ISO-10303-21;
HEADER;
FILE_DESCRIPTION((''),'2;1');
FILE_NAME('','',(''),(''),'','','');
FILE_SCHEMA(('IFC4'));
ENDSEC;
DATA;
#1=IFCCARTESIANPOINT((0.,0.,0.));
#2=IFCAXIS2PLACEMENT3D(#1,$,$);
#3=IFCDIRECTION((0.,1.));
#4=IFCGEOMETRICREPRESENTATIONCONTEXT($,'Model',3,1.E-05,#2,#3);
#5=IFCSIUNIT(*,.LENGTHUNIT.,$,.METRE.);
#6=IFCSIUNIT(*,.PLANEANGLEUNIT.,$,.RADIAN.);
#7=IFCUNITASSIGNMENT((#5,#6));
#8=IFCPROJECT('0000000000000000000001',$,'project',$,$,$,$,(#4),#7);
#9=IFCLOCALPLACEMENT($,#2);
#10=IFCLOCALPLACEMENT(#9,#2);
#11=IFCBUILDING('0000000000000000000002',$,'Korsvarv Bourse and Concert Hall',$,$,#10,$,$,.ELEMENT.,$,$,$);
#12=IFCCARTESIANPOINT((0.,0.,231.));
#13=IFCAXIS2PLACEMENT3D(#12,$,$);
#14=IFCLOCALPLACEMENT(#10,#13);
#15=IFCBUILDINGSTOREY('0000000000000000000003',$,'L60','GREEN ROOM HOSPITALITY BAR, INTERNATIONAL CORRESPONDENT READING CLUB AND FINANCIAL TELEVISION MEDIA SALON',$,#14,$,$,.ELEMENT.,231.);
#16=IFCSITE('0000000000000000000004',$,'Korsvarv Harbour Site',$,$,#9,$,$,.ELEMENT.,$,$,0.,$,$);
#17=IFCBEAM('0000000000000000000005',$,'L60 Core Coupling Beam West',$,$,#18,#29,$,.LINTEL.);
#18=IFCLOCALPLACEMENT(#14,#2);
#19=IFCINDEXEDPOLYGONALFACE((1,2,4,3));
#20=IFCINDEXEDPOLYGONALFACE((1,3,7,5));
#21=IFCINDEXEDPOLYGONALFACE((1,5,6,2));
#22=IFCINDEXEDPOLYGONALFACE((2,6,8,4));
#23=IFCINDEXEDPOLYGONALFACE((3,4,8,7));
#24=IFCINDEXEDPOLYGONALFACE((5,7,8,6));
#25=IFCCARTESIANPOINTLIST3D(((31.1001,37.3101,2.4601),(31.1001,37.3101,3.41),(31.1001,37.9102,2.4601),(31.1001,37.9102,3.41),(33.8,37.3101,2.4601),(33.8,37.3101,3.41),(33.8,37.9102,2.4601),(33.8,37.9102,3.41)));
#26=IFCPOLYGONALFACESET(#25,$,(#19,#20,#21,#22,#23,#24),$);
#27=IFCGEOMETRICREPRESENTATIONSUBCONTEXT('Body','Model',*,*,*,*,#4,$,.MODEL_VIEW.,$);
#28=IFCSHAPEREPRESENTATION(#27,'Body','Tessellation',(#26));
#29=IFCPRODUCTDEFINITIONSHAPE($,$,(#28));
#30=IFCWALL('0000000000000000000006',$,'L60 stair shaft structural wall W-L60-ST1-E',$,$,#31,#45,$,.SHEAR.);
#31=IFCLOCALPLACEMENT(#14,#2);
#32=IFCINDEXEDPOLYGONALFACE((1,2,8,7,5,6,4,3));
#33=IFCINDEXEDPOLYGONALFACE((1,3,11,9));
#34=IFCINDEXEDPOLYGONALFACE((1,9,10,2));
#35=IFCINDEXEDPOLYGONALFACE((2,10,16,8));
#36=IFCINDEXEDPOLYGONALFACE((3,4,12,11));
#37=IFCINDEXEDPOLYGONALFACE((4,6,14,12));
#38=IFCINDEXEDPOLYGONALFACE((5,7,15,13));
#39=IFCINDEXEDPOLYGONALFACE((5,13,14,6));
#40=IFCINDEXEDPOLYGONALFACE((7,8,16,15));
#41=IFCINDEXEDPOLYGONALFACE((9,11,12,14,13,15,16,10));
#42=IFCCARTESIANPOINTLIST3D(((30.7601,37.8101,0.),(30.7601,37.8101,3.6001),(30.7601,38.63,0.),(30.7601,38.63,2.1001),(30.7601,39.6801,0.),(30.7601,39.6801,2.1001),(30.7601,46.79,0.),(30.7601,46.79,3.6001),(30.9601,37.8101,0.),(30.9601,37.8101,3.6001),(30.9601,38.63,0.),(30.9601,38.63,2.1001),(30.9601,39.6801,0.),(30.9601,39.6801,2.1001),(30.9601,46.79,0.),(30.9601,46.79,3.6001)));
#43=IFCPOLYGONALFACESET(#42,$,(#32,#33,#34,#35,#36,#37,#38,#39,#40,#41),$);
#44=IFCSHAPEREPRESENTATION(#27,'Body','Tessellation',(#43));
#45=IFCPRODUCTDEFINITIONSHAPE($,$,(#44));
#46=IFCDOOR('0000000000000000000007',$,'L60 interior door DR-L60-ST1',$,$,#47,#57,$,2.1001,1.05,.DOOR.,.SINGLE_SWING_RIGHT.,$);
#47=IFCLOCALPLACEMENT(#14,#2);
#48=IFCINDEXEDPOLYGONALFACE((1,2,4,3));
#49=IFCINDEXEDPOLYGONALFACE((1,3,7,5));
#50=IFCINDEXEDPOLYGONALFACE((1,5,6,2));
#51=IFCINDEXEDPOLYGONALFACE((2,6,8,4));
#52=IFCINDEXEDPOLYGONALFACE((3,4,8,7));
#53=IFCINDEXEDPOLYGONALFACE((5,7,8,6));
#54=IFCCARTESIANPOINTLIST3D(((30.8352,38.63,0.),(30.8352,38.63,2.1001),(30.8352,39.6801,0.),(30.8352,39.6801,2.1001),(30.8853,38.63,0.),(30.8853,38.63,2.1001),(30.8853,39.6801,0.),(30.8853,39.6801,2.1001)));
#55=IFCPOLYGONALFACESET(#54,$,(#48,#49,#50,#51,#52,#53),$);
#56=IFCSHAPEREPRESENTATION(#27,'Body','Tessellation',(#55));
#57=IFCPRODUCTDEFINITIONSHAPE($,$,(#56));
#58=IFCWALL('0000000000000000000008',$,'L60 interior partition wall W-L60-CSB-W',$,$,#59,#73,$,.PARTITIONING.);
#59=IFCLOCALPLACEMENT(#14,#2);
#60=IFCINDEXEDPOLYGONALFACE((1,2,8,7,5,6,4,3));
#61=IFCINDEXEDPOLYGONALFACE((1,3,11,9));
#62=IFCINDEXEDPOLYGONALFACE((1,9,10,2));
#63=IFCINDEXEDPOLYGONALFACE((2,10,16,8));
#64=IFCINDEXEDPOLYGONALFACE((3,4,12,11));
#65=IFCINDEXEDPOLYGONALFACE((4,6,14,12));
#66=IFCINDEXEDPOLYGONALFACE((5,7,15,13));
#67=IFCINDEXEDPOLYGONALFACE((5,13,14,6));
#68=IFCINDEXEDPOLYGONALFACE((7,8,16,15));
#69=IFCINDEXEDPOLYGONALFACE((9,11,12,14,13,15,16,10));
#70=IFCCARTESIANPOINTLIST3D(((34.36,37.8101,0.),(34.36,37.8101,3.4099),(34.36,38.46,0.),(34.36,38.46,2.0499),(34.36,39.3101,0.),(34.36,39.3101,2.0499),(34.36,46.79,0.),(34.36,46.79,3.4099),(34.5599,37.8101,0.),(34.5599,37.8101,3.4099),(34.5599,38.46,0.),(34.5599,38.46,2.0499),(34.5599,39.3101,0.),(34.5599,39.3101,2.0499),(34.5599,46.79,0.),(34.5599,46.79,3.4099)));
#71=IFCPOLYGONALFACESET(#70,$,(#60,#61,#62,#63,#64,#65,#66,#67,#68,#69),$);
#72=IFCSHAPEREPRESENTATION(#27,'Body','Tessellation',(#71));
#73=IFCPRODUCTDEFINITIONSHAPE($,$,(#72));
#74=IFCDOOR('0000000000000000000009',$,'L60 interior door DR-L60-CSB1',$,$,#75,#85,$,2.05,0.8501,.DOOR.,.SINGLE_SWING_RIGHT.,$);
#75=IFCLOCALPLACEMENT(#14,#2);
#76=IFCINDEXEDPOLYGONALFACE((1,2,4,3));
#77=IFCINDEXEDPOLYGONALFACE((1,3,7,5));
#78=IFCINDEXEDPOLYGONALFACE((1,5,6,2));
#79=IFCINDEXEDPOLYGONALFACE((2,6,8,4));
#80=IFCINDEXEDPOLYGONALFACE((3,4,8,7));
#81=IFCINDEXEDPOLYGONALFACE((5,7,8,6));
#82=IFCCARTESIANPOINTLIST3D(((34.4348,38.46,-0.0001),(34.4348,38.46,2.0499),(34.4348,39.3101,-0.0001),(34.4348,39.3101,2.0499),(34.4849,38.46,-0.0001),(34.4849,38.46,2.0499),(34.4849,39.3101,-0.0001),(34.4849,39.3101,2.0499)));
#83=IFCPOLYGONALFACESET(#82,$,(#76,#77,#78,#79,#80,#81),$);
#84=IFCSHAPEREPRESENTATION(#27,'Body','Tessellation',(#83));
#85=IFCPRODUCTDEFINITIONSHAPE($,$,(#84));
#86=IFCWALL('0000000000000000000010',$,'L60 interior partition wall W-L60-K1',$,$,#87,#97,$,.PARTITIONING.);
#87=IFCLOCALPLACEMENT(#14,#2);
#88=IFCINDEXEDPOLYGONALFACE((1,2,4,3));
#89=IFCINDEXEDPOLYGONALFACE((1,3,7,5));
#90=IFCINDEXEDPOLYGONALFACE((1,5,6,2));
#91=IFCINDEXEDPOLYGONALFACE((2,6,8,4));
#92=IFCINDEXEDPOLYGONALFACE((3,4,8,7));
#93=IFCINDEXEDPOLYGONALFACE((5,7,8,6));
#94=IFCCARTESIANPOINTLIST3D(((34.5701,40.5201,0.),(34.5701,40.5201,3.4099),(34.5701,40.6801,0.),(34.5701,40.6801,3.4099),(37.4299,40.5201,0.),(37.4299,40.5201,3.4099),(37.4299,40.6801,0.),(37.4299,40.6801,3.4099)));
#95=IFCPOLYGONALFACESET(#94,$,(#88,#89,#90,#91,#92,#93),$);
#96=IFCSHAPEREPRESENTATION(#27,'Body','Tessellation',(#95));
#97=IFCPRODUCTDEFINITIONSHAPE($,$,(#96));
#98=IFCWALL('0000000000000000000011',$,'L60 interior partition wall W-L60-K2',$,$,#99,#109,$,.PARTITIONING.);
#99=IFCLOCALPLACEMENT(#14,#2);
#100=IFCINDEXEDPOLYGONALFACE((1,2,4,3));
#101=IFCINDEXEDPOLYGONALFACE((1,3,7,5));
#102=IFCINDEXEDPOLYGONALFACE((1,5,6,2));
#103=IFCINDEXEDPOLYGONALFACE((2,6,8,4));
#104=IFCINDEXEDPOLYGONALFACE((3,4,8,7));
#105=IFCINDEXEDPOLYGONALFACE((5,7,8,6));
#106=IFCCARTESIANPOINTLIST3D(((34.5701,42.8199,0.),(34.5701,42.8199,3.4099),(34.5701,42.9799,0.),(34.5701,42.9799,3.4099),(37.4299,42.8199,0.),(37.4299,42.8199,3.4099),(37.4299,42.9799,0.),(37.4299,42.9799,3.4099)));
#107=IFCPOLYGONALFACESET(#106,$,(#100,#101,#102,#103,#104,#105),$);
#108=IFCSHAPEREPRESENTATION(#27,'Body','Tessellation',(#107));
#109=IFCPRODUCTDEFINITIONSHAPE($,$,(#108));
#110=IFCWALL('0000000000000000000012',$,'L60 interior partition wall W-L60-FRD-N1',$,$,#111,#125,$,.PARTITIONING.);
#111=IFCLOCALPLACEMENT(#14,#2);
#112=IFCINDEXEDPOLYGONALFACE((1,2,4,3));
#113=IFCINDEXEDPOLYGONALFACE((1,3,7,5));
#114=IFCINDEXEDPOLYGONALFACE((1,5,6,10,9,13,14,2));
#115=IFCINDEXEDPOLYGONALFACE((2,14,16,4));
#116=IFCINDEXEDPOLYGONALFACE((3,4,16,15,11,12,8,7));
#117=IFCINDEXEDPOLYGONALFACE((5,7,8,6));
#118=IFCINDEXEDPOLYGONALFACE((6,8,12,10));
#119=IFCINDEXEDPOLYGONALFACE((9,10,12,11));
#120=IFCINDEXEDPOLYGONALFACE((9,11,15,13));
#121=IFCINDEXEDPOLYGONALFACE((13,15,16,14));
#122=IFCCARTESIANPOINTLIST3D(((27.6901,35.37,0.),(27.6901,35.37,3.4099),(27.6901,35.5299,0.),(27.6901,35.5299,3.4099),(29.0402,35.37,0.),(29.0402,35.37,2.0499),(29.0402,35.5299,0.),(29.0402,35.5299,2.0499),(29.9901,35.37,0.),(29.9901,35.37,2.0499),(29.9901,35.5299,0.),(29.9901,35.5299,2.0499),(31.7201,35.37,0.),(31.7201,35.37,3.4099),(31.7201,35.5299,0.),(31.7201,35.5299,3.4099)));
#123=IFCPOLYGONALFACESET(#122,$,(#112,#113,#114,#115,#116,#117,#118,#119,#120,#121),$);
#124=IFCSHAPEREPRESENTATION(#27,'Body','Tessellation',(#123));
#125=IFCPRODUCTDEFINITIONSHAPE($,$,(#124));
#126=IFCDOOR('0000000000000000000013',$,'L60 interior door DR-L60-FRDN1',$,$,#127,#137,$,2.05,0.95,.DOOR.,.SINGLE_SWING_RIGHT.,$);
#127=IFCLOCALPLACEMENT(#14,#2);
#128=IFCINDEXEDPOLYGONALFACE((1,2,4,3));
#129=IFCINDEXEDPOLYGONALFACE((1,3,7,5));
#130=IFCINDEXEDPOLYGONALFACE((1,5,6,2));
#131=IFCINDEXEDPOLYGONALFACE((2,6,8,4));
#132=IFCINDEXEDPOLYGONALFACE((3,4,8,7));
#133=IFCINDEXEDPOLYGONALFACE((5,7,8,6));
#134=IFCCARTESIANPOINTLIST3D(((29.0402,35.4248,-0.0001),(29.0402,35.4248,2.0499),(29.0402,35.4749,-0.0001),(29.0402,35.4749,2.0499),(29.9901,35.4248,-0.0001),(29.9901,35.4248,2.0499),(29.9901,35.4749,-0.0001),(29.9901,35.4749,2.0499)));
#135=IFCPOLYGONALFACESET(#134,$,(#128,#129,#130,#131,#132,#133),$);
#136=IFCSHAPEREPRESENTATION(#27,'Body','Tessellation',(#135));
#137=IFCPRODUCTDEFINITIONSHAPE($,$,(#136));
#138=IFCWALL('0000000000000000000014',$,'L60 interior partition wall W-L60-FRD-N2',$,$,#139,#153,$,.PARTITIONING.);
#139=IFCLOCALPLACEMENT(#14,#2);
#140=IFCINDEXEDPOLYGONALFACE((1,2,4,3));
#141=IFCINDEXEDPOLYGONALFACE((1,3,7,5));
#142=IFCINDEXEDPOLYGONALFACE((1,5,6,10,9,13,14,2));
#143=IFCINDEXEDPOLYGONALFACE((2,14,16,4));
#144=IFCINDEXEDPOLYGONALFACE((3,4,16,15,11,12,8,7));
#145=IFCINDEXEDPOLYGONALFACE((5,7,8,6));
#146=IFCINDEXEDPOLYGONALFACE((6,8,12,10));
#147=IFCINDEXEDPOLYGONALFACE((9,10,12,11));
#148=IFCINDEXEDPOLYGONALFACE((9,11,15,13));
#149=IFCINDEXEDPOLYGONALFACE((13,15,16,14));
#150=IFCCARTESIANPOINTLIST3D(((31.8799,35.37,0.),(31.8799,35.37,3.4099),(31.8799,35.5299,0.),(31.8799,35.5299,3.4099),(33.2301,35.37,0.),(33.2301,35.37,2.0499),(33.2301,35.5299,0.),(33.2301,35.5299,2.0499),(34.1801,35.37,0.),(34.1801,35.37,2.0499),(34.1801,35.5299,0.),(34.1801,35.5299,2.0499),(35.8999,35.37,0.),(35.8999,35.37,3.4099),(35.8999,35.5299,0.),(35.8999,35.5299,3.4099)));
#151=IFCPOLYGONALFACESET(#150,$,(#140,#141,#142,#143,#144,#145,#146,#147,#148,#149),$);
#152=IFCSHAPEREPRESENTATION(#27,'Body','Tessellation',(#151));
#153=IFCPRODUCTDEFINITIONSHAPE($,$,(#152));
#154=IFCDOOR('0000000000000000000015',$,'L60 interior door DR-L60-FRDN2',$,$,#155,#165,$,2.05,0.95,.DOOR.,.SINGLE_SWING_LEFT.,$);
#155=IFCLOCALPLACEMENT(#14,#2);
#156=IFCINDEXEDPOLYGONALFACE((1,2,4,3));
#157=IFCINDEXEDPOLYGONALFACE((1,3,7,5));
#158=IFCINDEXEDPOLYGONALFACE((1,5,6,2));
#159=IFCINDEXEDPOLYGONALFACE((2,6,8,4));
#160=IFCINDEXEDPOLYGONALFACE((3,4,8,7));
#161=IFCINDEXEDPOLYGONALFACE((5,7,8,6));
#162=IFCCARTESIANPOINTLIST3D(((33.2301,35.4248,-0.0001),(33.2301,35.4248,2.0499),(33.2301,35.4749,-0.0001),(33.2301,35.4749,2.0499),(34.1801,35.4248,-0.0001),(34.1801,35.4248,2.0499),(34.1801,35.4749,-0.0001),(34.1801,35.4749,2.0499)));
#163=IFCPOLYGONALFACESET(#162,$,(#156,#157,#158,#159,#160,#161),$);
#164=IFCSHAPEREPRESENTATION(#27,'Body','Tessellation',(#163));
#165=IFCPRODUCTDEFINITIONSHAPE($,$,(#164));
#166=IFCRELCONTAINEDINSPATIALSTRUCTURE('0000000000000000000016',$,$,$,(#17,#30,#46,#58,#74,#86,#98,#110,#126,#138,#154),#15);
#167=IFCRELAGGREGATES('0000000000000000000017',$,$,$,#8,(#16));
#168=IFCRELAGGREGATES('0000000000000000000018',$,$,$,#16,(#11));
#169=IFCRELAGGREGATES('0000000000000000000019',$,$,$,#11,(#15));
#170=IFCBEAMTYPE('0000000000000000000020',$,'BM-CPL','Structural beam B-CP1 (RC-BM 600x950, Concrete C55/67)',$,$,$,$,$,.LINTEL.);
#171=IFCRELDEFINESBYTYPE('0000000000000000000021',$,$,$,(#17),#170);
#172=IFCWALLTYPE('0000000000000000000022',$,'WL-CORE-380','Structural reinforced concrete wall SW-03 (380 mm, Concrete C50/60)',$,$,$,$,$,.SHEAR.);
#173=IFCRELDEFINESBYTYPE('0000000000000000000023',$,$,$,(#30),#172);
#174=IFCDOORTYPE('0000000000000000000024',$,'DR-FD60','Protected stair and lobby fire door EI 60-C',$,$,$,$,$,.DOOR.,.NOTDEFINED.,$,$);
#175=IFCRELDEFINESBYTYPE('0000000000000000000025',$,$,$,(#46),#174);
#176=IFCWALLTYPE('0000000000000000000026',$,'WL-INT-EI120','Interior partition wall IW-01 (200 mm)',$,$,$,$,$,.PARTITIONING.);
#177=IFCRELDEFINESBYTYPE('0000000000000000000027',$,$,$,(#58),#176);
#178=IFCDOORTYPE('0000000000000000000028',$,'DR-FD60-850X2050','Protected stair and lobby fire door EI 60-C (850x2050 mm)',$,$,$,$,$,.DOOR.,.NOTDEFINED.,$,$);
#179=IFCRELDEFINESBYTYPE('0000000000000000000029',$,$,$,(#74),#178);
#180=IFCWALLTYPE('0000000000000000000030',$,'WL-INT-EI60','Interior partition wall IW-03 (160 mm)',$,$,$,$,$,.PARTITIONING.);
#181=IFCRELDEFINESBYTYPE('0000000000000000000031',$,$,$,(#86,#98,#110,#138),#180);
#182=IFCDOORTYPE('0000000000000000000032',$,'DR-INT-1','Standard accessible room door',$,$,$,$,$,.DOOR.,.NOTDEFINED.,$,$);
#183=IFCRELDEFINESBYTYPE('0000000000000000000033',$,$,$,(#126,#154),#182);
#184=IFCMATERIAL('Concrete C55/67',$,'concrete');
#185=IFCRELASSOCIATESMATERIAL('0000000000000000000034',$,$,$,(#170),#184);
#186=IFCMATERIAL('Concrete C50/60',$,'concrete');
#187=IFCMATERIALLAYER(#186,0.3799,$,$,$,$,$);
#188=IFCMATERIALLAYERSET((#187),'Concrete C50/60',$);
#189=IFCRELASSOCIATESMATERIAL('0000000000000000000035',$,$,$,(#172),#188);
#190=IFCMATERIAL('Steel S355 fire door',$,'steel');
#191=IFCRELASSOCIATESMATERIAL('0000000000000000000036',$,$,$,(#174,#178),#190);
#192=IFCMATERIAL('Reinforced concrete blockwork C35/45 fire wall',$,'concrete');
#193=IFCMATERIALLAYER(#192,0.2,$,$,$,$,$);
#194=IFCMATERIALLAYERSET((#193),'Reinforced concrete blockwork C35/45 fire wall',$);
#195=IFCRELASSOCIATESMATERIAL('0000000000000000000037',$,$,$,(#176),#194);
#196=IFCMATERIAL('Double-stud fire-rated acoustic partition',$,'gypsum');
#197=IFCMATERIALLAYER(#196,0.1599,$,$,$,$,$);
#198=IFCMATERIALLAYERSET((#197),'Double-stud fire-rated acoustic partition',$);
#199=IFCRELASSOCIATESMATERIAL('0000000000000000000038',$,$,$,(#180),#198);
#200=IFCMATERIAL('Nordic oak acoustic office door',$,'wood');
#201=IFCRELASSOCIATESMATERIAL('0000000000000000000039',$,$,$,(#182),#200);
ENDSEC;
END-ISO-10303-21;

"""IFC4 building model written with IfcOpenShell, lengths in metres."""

from ifc_helpers import new_model, si_unit, direction, frame, frame_2d, origin, origin_2d, place, context, subcontext, project, spatial, rectangle, extrude, source, transform, mapped, material, layer, layer_set, material_profile, profile_set, type_object, element, fill, save


model = new_model("IFC4")

# Units and contexts
model_context = context("Model", 3, precision=1e-05, world=origin(), true_north=direction((0.0, 1.0)))
body_context = subcontext(model_context, "Body", "Model", "MODEL_VIEW")
ifc_project = project(units=[si_unit("LENGTHUNIT", "METRE"), si_unit("PLANEANGLEUNIT", "RADIAN")], contexts=[model_context])

# Site, building, storey
site_placement = place(None, origin())
site = spatial("IfcSite", under=ifc_project, at=site_placement, Name="Korsvarv Harbour Site", CompositionType="ELEMENT", RefElevation=0.0)
building_placement = place(site_placement, origin())
building = spatial("IfcBuilding", under=site, at=building_placement, Name="Korsvarv Bourse and Concert Hall", CompositionType="ELEMENT")
storey_placement = place(building_placement, frame((0.0, 0.0, 231.0)))
storey = spatial("IfcBuildingStorey", under=building, at=storey_placement, Name="L60", Description="GREEN ROOM HOSPITALITY BAR, INTERNATIONAL CORRESPONDENT READING CLUB AND FINANCIAL TELEVISION MEDIA SALON", CompositionType="ELEMENT", Elevation=231.0)

# Beam
ifc_material_1 = material(Name="Concrete C55/67", Category="concrete")
ifc_material_profile = material_profile(ifc_material_1, rectangle(XDim=0.6001, YDim=0.95, at=origin_2d()), Name="RC-BM 600x950")
ifc_profile_set = profile_set([ifc_material_profile], Name="Concrete C55/67")
beam_type = type_object("IfcBeamType", Name="BM-CPL", Description="Structural beam B-CP1 (RC-BM 600x950, Concrete C55/67)", PredefinedType="LINTEL", material=ifc_profile_set)
shared_shape = source(origin(), body_context, "Body", "SweptSolid", [
    extrude(rectangle(XDim=0.6001, YDim=0.95, at=origin_2d()), origin(), (0.0, 0.0, 1.0), 2.7),
])
beam_placement = place(storey_placement, frame((31.1001, 37.6101, 2.9351), z_axis=(1.0, 0.0, 0.0), x_axis=(0.0, 1.0, 0.0)))
element("IfcBeam", 1, at=beam_placement, inside=storey, type_object=beam_type, Name="L60 Core Coupling Beam West", PredefinedType="LINTEL", context=body_context, shape_type="MappedRepresentation", body=[
    mapped(shared_shape, transform((0.0, 0.0, 0.0), scale=1.0)),
])

# Walls, openings, doors
ifc_material_2 = material(Name="Concrete C50/60", Category="concrete")
ifc_layer_1 = layer(ifc_material_2, 0.3799)
ifc_layer_set_1 = layer_set([ifc_layer_1], Name="Concrete C50/60")
wall_type_1 = type_object("IfcWallType", Name="WL-CORE-380", Description="Structural reinforced concrete wall SW-03 (380 mm, Concrete C50/60)", PredefinedType="SHEAR", material=ifc_layer_set_1)
wall_1_placement = place(storey_placement, frame((30.8601, 37.8101, 0.0), z_axis=(0.0, 0.0, 1.0), x_axis=(0.0, 1.0, 0.0)))
wall_1 = element("IfcWall", 2, at=wall_1_placement, inside=storey, type_object=wall_type_1, Name="L60 stair shaft structural wall W-L60-ST1-E", PredefinedType="SHEAR", context=body_context, shape_type="SweptSolid", body=[
    extrude(rectangle(XDim=8.98, YDim=0.2, at=frame_2d((4.49, 0.0))), origin(), (0.0, 0.0, 1.0), 3.6001),
])
opening_1_placement = place(wall_1_placement, frame((0.8201, 0.0, 0.0)))
opening_1 = element("IfcOpeningElement", 3, at=opening_1_placement, cuts=wall_1, PredefinedType="OPENING", context=body_context, shape_type="SweptSolid", body=[
    extrude(rectangle(XDim=1.05, YDim=2.1001, at=frame_2d((0.5249, 1.05))), frame((0.0, 0.1099, 0.0), z_axis=(0.0, -1.0, 0.0), x_axis=(1.0, 0.0, 0.0)), (0.0, 0.0, 1.0), 0.22),
])
ifc_material_3 = material(Name="Steel S355 fire door", Category="steel")
door_type_1 = type_object("IfcDoorType", Name="DR-FD60", Description="Protected stair and lobby fire door EI 60-C", OperationType="NOTDEFINED", PredefinedType="DOOR", material=ifc_material_3)
door_1_placement = place(opening_1_placement, origin())
door_1 = element("IfcDoor", 4, at=door_1_placement, inside=storey, type_object=door_type_1, Name="L60 interior door DR-L60-ST1", OperationType="SINGLE_SWING_RIGHT", OverallHeight=2.1001, OverallWidth=1.05, PredefinedType="DOOR", context=body_context, shape_type="SweptSolid", body=[
    extrude(rectangle(XDim=1.05, YDim=2.1001, at=frame_2d((0.5249, 1.05))), frame((0.0, 0.0249, 0.0), z_axis=(0.0, -1.0, 0.0), x_axis=(1.0, 0.0, 0.0)), (0.0, 0.0, 1.0), 0.05),
])
fill(opening_1, door_1)
ifc_material_4 = material(Name="Reinforced concrete blockwork C35/45 fire wall", Category="concrete")
ifc_layer_2 = layer(ifc_material_4, 0.2)
ifc_layer_set_2 = layer_set([ifc_layer_2], Name="Reinforced concrete blockwork C35/45 fire wall")
wall_type_2 = type_object("IfcWallType", Name="WL-INT-EI120", Description="Interior partition wall IW-01 (200 mm)", PredefinedType="PARTITIONING", material=ifc_layer_set_2)
wall_2_placement = place(storey_placement, frame((34.46, 37.8101, 0.0), z_axis=(0.0, 0.0, 1.0), x_axis=(0.0, 1.0, 0.0)))
wall_2 = element("IfcWall", 5, at=wall_2_placement, inside=storey, type_object=wall_type_2, Name="L60 interior partition wall W-L60-CSB-W", PredefinedType="PARTITIONING", context=body_context, shape_type="SweptSolid", body=[
    extrude(rectangle(XDim=8.98, YDim=0.2, at=frame_2d((4.49, 0.0))), origin(), (0.0, 0.0, 1.0), 3.4099),
])
opening_2_placement = place(wall_2_placement, frame((0.6499, 0.0, 0.0)))
opening_2 = element("IfcOpeningElement", 6, at=opening_2_placement, cuts=wall_2, PredefinedType="OPENING", context=body_context, shape_type="SweptSolid", body=[
    extrude(rectangle(XDim=0.8501, YDim=2.05, at=frame_2d((0.425, 1.0249))), frame((0.0, 0.1099, 0.0), z_axis=(0.0, -1.0, 0.0), x_axis=(1.0, 0.0, 0.0)), (0.0, 0.0, 1.0), 0.22),
])
door_type_2 = type_object("IfcDoorType", Name="DR-FD60-850X2050", Description="Protected stair and lobby fire door EI 60-C (850x2050 mm)", OperationType="NOTDEFINED", PredefinedType="DOOR", material=ifc_material_3)
door_2_placement = place(opening_2_placement, frame((0.8501, 0.0, 0.0), z_axis=(0.0, 0.0, 1.0), x_axis=(-1.0, 0.0, 0.0)))
door_2 = element("IfcDoor", 7, at=door_2_placement, inside=storey, type_object=door_type_2, Name="L60 interior door DR-L60-CSB1", OperationType="SINGLE_SWING_RIGHT", OverallHeight=2.05, OverallWidth=0.8501, PredefinedType="DOOR", context=body_context, shape_type="SweptSolid", body=[
    extrude(rectangle(XDim=0.8501, YDim=2.05, at=frame_2d((0.425, 1.0249))), frame((0.0, 0.0249, 0.0), z_axis=(0.0, -1.0, 0.0), x_axis=(1.0, 0.0, 0.0)), (0.0, 0.0, 1.0), 0.05),
])
fill(opening_2, door_2)

# Walls
ifc_material_5 = material(Name="Double-stud fire-rated acoustic partition", Category="gypsum")
ifc_layer_3 = layer(ifc_material_5, 0.1599)
ifc_layer_set_3 = layer_set([ifc_layer_3], Name="Double-stud fire-rated acoustic partition")
wall_type_3 = type_object("IfcWallType", Name="WL-INT-EI60", Description="Interior partition wall IW-03 (160 mm)", PredefinedType="PARTITIONING", material=ifc_layer_set_3)
for number, where, z_axis, x_axis, name in (
    (8, (34.5701, 40.6001, 0.0), (0.0, 0.0, 1.0), (1.0, 0.0, 0.0), "L60 interior partition wall W-L60-K1"),
    (9, (34.5701, 42.8999, 0.0), (0.0, 0.0, 1.0), (1.0, 0.0, 0.0), "L60 interior partition wall W-L60-K2"),
):
    element("IfcWall", number, at=place(storey_placement, frame(where, z_axis=z_axis, x_axis=x_axis)), inside=storey, type_object=wall_type_3, Name=name, PredefinedType="PARTITIONING", context=body_context, shape_type="SweptSolid", body=[
        extrude(rectangle(XDim=2.8599, YDim=0.1599, at=frame_2d((1.4299, 0.0))), origin(), (0.0, 0.0, 1.0), 3.4099),
    ])

# Walls, openings, doors
wall_3_placement = place(storey_placement, frame((27.6899, 35.45, 0.0), z_axis=(0.0, 0.0, 1.0), x_axis=(1.0, 0.0, 0.0)))
wall_3 = element("IfcWall", 10, at=wall_3_placement, inside=storey, type_object=wall_type_3, Name="L60 interior partition wall W-L60-FRD-N1", PredefinedType="PARTITIONING", context=body_context, shape_type="SweptSolid", body=[
    extrude(rectangle(XDim=4.03, YDim=0.1599, at=frame_2d((2.0151, 0.0))), origin(), (0.0, 0.0, 1.0), 3.4099),
])
opening_3_placement = place(wall_3_placement, frame((1.3501, 0.0, 0.0)))
opening_3 = element("IfcOpeningElement", 11, at=opening_3_placement, cuts=wall_3, PredefinedType="OPENING", context=body_context, shape_type="SweptSolid", body=[
    extrude(rectangle(XDim=0.95, YDim=2.05, at=frame_2d((0.4751, 1.0249))), frame((0.0, 0.0898, 0.0), z_axis=(0.0, -1.0, 0.0), x_axis=(1.0, 0.0, 0.0)), (0.0, 0.0, 1.0), 0.1799),
])
ifc_material_6 = material(Name="Nordic oak acoustic office door", Category="wood")
door_type_3 = type_object("IfcDoorType", Name="DR-INT-1", Description="Standard accessible room door", OperationType="NOTDEFINED", PredefinedType="DOOR", material=ifc_material_6)
door_3_placement = place(opening_3_placement, origin())
door_3 = element("IfcDoor", 12, at=door_3_placement, inside=storey, type_object=door_type_3, Name="L60 interior door DR-L60-FRDN1", OperationType="SINGLE_SWING_RIGHT", OverallHeight=2.05, OverallWidth=0.95, PredefinedType="DOOR", context=body_context, shape_type="SweptSolid", body=[
    extrude(rectangle(XDim=0.95, YDim=2.05, at=frame_2d((0.4751, 1.0249))), frame((0.0, 0.0249, 0.0), z_axis=(0.0, -1.0, 0.0), x_axis=(1.0, 0.0, 0.0)), (0.0, 0.0, 1.0), 0.05),
])
fill(opening_3, door_3)
wall_4_placement = place(storey_placement, frame((31.8799, 35.45, 0.0), z_axis=(0.0, 0.0, 1.0), x_axis=(1.0, 0.0, 0.0)))
wall_4 = element("IfcWall", 13, at=wall_4_placement, inside=storey, type_object=wall_type_3, Name="L60 interior partition wall W-L60-FRD-N2", PredefinedType="PARTITIONING", context=body_context, shape_type="SweptSolid", body=[
    extrude(rectangle(XDim=4.02, YDim=0.1599, at=frame_2d((2.01, 0.0))), origin(), (0.0, 0.0, 1.0), 3.4099),
])
opening_4_placement = place(wall_4_placement, frame((1.3501, 0.0, 0.0)))
opening_4 = element("IfcOpeningElement", 14, at=opening_4_placement, cuts=wall_4, PredefinedType="OPENING", context=body_context, shape_type="SweptSolid", body=[
    extrude(rectangle(XDim=0.95, YDim=2.05, at=frame_2d((0.4751, 1.0249))), frame((0.0, 0.0898, 0.0), z_axis=(0.0, -1.0, 0.0), x_axis=(1.0, 0.0, 0.0)), (0.0, 0.0, 1.0), 0.1799),
])
door_4_placement = place(opening_4_placement, origin())
door_4 = element("IfcDoor", 15, at=door_4_placement, inside=storey, type_object=door_type_3, Name="L60 interior door DR-L60-FRDN2", OperationType="SINGLE_SWING_LEFT", OverallHeight=2.05, OverallWidth=0.95, PredefinedType="DOOR", context=body_context, shape_type="SweptSolid", body=[
    extrude(rectangle(XDim=0.95, YDim=2.05, at=frame_2d((0.4751, 1.0249))), frame((0.0, 0.0249, 0.0), z_axis=(0.0, -1.0, 0.0), x_axis=(1.0, 0.0, 0.0)), (0.0, 0.0, 1.0), 0.05),
])
fill(opening_4, door_4)

save(model, "model.ifc")
